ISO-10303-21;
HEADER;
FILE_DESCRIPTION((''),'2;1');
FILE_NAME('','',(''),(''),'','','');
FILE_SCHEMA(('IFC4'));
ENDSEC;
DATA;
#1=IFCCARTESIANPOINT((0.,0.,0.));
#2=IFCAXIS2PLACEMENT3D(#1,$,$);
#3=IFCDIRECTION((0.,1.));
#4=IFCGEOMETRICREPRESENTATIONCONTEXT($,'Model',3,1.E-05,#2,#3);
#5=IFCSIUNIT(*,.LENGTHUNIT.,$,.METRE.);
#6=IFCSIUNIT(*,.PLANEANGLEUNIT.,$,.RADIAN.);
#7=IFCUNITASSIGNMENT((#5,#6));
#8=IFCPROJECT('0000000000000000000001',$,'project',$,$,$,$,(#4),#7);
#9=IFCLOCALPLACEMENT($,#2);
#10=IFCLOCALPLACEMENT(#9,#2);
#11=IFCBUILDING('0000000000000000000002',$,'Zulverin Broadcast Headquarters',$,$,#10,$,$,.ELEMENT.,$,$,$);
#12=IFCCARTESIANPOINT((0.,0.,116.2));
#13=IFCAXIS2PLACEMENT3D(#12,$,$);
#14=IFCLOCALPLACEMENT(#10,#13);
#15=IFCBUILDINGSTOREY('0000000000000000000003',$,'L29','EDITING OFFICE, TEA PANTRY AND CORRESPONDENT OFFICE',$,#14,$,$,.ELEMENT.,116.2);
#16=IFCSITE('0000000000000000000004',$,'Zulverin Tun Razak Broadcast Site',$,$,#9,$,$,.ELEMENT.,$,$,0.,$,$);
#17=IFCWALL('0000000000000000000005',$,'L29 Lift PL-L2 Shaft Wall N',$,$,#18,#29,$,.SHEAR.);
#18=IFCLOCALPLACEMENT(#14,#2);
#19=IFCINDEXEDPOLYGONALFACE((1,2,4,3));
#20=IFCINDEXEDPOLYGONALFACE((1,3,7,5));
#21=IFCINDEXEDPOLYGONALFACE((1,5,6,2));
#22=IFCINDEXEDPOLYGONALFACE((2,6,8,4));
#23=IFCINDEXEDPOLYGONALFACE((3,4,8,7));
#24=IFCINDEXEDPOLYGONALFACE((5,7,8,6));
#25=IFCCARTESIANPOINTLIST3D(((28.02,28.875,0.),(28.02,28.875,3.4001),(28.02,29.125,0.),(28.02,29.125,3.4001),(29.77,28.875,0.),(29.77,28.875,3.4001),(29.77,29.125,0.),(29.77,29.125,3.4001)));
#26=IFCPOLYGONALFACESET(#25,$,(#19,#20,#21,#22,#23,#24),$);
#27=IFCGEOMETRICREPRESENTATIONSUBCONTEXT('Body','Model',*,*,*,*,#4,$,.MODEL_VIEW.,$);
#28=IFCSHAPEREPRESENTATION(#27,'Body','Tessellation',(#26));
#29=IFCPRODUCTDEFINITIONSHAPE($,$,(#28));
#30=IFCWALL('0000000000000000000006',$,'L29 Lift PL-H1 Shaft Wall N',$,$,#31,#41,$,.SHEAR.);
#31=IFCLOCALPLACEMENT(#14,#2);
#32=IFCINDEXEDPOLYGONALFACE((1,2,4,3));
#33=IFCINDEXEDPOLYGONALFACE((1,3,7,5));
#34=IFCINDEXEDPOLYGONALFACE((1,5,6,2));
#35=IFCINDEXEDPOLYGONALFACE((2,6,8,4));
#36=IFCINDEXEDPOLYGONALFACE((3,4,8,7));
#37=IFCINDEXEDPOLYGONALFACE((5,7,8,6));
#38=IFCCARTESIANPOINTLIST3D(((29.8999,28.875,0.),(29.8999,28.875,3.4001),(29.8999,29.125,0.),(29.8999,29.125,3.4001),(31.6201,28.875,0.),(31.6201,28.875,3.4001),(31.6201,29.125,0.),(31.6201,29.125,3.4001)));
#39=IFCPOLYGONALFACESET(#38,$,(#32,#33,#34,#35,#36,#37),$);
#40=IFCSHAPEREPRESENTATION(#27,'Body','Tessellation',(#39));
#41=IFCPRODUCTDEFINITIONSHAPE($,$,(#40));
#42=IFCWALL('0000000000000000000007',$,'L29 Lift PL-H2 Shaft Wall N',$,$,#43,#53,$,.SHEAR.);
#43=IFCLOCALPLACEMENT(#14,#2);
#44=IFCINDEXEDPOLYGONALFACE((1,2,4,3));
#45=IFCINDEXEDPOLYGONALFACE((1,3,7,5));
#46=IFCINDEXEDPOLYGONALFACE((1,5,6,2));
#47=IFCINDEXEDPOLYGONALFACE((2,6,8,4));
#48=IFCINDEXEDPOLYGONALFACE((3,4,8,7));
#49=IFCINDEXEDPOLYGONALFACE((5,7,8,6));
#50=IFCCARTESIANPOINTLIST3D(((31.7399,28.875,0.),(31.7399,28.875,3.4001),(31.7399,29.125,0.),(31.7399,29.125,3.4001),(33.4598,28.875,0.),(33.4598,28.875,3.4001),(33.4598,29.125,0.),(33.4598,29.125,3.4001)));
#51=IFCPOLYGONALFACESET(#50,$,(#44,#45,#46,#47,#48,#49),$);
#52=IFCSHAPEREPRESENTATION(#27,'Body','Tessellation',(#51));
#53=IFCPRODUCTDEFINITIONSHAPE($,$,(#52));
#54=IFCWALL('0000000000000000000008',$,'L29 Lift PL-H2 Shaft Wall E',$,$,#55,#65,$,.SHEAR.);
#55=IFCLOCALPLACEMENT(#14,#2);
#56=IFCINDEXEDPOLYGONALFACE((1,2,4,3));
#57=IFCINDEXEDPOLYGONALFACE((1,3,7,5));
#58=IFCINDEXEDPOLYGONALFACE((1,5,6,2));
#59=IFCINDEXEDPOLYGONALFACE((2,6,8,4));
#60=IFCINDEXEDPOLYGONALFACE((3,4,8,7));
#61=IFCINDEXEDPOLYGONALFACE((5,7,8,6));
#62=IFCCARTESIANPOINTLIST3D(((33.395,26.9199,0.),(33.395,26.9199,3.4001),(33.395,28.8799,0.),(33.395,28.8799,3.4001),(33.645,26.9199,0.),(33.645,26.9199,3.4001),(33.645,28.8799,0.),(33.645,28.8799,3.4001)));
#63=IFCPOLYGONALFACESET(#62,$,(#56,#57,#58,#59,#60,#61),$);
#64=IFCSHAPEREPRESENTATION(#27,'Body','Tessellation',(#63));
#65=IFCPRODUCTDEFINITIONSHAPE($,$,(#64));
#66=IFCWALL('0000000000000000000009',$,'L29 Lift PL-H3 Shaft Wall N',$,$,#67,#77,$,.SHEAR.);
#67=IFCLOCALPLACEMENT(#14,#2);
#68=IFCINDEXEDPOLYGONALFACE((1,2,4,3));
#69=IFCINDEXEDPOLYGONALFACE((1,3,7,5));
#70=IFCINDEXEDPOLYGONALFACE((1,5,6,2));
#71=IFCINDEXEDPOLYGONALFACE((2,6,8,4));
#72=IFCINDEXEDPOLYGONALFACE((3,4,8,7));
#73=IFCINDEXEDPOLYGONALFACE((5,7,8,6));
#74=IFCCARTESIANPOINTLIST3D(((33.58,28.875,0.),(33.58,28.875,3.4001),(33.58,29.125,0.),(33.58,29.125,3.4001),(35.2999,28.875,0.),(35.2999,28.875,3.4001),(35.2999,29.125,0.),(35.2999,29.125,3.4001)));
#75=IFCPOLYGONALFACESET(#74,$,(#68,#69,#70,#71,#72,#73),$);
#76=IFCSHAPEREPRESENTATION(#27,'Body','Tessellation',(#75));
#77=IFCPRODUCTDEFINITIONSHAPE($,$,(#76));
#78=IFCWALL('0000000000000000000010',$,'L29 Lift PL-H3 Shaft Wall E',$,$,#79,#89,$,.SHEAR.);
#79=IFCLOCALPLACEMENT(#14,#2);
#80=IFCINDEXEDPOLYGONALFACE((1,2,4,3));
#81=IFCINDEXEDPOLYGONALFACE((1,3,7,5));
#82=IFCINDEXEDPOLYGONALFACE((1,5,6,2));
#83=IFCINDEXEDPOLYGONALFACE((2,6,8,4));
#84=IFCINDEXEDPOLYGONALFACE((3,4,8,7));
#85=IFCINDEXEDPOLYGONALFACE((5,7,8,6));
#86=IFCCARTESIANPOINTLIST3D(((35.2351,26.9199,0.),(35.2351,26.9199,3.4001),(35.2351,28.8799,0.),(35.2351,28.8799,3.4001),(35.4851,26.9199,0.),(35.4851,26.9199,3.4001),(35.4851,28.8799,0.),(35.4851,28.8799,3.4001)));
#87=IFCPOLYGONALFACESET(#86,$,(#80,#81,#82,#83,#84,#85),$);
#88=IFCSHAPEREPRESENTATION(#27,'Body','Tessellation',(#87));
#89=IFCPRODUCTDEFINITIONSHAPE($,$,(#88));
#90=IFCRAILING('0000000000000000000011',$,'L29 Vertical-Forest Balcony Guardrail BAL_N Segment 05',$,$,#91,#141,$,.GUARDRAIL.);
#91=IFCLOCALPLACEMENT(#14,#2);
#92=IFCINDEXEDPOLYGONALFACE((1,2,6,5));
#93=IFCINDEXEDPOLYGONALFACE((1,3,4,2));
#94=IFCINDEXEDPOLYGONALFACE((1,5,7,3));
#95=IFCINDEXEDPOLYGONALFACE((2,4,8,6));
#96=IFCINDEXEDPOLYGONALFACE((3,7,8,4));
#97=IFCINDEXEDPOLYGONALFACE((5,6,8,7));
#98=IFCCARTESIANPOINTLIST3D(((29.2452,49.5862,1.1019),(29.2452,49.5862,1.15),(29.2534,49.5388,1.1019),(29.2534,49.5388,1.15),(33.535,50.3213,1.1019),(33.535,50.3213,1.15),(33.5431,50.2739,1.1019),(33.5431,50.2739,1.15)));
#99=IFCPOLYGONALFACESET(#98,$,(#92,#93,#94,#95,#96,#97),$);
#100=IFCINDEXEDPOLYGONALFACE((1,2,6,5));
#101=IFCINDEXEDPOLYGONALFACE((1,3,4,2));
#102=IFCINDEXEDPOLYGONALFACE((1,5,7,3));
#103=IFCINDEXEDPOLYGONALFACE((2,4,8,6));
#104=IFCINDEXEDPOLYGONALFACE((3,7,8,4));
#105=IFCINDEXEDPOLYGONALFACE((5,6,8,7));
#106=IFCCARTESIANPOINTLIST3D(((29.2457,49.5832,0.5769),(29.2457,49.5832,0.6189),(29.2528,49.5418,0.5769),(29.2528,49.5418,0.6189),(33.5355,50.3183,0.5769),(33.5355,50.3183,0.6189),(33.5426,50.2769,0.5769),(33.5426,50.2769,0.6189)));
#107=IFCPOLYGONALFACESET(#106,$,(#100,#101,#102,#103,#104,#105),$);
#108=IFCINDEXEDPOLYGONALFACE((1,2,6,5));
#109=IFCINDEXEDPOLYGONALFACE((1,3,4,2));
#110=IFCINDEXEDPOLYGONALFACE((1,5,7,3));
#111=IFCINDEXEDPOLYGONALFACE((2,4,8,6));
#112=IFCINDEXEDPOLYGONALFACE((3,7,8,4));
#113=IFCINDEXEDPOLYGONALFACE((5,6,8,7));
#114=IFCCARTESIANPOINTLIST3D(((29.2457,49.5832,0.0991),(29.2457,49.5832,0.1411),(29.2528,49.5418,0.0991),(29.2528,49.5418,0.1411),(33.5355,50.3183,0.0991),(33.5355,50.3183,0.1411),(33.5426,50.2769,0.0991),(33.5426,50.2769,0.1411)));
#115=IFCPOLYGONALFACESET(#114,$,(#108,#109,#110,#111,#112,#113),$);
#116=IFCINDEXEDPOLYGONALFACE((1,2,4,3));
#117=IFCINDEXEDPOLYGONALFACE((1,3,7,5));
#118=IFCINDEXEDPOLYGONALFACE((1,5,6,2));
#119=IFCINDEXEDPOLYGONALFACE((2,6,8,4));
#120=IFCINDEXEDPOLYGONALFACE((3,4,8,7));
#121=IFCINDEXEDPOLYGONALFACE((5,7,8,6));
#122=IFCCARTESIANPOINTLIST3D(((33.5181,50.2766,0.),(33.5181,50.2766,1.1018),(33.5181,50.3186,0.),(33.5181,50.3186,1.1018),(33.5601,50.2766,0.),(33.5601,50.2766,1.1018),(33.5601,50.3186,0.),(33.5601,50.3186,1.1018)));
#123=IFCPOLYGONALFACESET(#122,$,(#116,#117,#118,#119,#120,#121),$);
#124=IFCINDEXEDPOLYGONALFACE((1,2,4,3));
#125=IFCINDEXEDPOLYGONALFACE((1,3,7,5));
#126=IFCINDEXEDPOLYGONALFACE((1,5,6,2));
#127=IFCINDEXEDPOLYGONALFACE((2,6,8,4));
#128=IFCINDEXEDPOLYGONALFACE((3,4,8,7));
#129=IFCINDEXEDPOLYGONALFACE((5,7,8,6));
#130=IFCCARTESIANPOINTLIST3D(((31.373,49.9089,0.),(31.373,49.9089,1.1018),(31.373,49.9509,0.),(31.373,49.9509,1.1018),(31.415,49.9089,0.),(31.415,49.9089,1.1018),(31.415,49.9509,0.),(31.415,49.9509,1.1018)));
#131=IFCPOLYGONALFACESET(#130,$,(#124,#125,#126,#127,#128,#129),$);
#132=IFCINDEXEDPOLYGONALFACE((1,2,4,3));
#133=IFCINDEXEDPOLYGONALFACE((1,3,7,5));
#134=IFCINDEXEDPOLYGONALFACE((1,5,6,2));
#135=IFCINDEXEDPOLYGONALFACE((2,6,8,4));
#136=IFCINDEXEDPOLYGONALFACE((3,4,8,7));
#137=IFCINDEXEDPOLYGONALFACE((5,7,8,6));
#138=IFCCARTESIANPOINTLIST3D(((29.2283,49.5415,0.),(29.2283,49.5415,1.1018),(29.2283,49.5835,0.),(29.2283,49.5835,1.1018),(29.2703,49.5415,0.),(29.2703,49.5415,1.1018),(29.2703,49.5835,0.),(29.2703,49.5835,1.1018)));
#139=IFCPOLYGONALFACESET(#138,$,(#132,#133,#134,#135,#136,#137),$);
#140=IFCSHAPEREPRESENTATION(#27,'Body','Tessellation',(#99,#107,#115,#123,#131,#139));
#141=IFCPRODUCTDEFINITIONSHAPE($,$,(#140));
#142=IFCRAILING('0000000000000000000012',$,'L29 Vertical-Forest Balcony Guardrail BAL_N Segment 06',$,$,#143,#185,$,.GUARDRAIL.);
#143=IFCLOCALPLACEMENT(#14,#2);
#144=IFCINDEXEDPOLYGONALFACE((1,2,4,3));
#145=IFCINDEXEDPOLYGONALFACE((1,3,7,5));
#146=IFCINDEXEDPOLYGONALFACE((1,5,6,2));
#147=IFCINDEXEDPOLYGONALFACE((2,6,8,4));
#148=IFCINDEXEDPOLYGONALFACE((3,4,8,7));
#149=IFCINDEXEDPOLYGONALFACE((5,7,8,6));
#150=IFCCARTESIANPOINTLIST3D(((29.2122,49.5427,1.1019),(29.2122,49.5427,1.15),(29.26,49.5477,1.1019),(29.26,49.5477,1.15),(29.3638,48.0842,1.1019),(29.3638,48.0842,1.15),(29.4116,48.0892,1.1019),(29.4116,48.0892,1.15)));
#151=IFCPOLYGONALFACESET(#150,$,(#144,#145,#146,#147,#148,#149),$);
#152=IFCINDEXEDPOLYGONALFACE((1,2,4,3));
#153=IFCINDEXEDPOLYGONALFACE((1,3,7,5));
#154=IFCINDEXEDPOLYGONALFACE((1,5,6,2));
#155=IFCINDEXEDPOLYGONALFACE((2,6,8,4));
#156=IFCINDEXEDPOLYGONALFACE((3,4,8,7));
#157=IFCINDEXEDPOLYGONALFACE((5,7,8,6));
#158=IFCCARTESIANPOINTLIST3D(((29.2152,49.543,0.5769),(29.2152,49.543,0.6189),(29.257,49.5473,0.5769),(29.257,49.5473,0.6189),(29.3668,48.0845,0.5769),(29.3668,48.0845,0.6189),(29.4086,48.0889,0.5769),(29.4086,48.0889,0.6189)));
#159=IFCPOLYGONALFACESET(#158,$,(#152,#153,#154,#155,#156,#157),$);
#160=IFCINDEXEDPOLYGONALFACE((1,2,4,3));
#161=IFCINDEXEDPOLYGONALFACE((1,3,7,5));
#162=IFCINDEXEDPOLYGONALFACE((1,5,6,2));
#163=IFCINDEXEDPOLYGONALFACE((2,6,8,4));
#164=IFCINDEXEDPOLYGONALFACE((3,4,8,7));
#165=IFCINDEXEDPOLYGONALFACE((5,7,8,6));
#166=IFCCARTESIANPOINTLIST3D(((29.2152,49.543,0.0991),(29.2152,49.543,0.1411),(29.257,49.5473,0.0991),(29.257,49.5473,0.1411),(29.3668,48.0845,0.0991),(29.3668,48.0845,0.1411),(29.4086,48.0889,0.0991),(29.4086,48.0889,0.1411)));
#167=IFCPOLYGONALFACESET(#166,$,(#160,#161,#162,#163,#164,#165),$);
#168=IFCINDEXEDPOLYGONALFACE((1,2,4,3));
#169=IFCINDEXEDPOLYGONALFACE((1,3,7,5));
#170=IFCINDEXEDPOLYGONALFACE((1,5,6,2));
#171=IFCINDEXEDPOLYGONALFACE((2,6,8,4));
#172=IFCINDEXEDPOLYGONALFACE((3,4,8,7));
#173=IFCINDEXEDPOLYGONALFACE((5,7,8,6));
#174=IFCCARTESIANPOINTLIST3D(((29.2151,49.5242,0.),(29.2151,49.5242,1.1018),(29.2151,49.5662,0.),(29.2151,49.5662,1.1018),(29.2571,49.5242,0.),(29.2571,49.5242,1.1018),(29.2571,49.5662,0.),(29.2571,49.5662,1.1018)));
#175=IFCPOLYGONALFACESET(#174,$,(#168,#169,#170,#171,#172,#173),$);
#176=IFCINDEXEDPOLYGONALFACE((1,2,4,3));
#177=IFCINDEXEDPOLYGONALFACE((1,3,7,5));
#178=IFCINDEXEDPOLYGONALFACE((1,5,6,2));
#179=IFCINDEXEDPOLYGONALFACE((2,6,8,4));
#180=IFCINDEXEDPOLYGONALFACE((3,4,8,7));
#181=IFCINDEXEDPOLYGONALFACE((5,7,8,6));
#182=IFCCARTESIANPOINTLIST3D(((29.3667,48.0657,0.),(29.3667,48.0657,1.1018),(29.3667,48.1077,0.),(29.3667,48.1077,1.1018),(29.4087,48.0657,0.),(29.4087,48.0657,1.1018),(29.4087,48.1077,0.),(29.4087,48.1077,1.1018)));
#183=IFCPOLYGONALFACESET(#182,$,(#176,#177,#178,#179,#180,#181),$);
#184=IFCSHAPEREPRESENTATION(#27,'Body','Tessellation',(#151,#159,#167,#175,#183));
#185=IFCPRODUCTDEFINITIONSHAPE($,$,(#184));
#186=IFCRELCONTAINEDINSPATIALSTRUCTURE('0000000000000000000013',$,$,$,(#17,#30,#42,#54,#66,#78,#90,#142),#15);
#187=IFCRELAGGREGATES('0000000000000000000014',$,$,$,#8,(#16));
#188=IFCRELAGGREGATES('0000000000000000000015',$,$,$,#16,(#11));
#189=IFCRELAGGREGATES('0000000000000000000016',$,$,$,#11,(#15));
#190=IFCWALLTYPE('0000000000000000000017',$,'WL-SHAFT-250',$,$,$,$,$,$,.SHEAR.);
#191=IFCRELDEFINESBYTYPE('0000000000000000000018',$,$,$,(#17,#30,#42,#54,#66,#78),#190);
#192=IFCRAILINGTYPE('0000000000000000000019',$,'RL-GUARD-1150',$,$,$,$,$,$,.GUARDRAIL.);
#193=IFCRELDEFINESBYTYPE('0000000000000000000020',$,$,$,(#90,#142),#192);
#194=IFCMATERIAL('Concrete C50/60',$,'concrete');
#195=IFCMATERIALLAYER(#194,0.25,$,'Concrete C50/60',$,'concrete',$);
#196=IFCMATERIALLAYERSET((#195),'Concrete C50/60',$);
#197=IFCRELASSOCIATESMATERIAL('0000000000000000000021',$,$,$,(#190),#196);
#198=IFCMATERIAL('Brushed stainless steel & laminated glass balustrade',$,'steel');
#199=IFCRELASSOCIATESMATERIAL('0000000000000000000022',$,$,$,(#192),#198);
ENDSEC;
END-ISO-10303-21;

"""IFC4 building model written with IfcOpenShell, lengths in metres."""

from ifc_helpers import new_model, si_unit, direction, frame, frame_2d, origin, origin_2d, place, context, subcontext, project, spatial, rectangle, extrude, material, layer, layer_set, type_object, element, save


model = new_model("IFC4")

# Units and contexts
model_context = context("Model", 3, precision=1e-05, world=origin(), true_north=direction((0.0, 1.0)))
body_context = subcontext(model_context, "Body", "Model", "MODEL_VIEW")
ifc_project = project(units=[si_unit("LENGTHUNIT", "METRE"), si_unit("PLANEANGLEUNIT", "RADIAN")], contexts=[model_context])

# Site, building, storey
site_placement = place(None, origin())
site = spatial("IfcSite", under=ifc_project, at=site_placement, Name="Zulverin Tun Razak Broadcast Site", CompositionType="ELEMENT", RefElevation=0.0)
building_placement = place(site_placement, origin())
building = spatial("IfcBuilding", under=site, at=building_placement, Name="Zulverin Broadcast Headquarters", CompositionType="ELEMENT")
storey_placement = place(building_placement, frame((0.0, 0.0, 116.2)))
storey = spatial("IfcBuildingStorey", under=building, at=storey_placement, Name="L29", Description="EDITING OFFICE, TEA PANTRY AND CORRESPONDENT OFFICE", CompositionType="ELEMENT", Elevation=116.2)

# Walls
ifc_material_1 = material(Name="Concrete C50/60", Category="concrete")
ifc_layer_1 = layer(ifc_material_1, 0.25, Name="Concrete C50/60", Category="concrete")
ifc_layer_set_1 = layer_set([ifc_layer_1], Name="Concrete C50/60")
wall_type_1 = type_object("IfcWallType", Name="WL-SHAFT-250", PredefinedType="SHEAR", material=ifc_layer_set_1)
wall_1_placement = place(storey_placement, frame((28.02, 29.0, 0.0), z_axis=(0.0, 0.0, 1.0), x_axis=(1.0, 0.0, 0.0)))
element("IfcWall", 1, at=wall_1_placement, inside=storey, type_object=wall_type_1, Name="L29 Lift PL-L2 Shaft Wall N", PredefinedType="SHEAR", context=body_context, shape_type="SweptSolid", body=[
    extrude(rectangle(XDim=1.75, YDim=0.25, at=frame_2d((0.875, 0.0))), origin(), (0.0, 0.0, 1.0), 3.4001),
])
wall_2_placement = place(storey_placement, frame((29.8999, 29.0, 0.0), z_axis=(0.0, 0.0, 1.0), x_axis=(1.0, 0.0, 0.0)))
element("IfcWall", 2, at=wall_2_placement, inside=storey, type_object=wall_type_1, Name="L29 Lift PL-H1 Shaft Wall N", PredefinedType="SHEAR", context=body_context, shape_type="SweptSolid", body=[
    extrude(rectangle(XDim=1.7202, YDim=0.25, at=frame_2d((0.8601, 0.0))), origin(), (0.0, 0.0, 1.0), 3.4001),
])
wall_3_placement = place(storey_placement, frame((31.74, 29.0, 0.0), z_axis=(0.0, 0.0, 1.0), x_axis=(1.0, 0.0, 0.0)))
element("IfcWall", 3, at=wall_3_placement, inside=storey, type_object=wall_type_1, Name="L29 Lift PL-H2 Shaft Wall N", PredefinedType="SHEAR", context=body_context, shape_type="SweptSolid", body=[
    extrude(rectangle(XDim=1.72, YDim=0.25, at=frame_2d((0.8599, 0.0))), origin(), (0.0, 0.0, 1.0), 3.4001),
])
wall_4_placement = place(storey_placement, frame((33.52, 26.9199, 0.0), z_axis=(0.0, 0.0, 1.0), x_axis=(0.0, 1.0, 0.0)))
element("IfcWall", 4, at=wall_4_placement, inside=storey, type_object=wall_type_1, Name="L29 Lift PL-H2 Shaft Wall E", PredefinedType="SHEAR", context=body_context, shape_type="SweptSolid", body=[
    extrude(rectangle(XDim=1.96, YDim=0.25, at=frame_2d((0.98, 0.0))), origin(), (0.0, 0.0, 1.0), 3.4001),
])
wall_5_placement = place(storey_placement, frame((33.5801, 29.0, 0.0), z_axis=(0.0, 0.0, 1.0), x_axis=(1.0, 0.0, 0.0)))
element("IfcWall", 5, at=wall_5_placement, inside=storey, type_object=wall_type_1, Name="L29 Lift PL-H3 Shaft Wall N", PredefinedType="SHEAR", context=body_context, shape_type="SweptSolid", body=[
    extrude(rectangle(XDim=1.72, YDim=0.25, at=frame_2d((0.8599, 0.0))), origin(), (0.0, 0.0, 1.0), 3.4001),
])
wall_6_placement = place(storey_placement, frame((35.3601, 26.9199, 0.0), z_axis=(0.0, 0.0, 1.0), x_axis=(0.0, 1.0, 0.0)))
element("IfcWall", 6, at=wall_6_placement, inside=storey, type_object=wall_type_1, Name="L29 Lift PL-H3 Shaft Wall E", PredefinedType="SHEAR", context=body_context, shape_type="SweptSolid", body=[
    extrude(rectangle(XDim=1.96, YDim=0.25, at=frame_2d((0.98, 0.0))), origin(), (0.0, 0.0, 1.0), 3.4001),
])

# Railings
ifc_material_2 = material(Name="Brushed stainless steel & laminated glass balustrade", Category="steel")
railing_type = type_object("IfcRailingType", Name="RL-GUARD-1150", PredefinedType="GUARDRAIL", material=ifc_material_2)
railing_1_placement = place(storey_placement, frame((33.5391, 50.2976, 0.0)))
element("IfcRailing", 7, at=railing_1_placement, inside=storey, type_object=railing_type, Name="L29 Vertical-Forest Balcony Guardrail BAL_N Segment 05", PredefinedType="GUARDRAIL", context=body_context, shape_type="SweptSolid", body=[
    extrude(rectangle(XDim=0.0481, YDim=0.0481, at=origin_2d()), frame((0.0, 0.0, 1.126), z_axis=(-0.985633, -0.1689, 0.0), x_axis=(0.1689, -0.985633, 0.0)), (0.0, 0.0, 1.0), 4.3523),
    extrude(rectangle(XDim=0.042, YDim=0.042, at=origin_2d()), frame((0.0, 0.0, 0.5979), z_axis=(-0.985633, -0.1689, 0.0), x_axis=(0.1689, -0.985633, 0.0)), (0.0, 0.0, 1.0), 4.3523),
    extrude(rectangle(XDim=0.042, YDim=0.042, at=origin_2d()), frame((0.0, 0.0, 0.1201), z_axis=(-0.985633, -0.1689, 0.0), x_axis=(0.1689, -0.985633, 0.0)), (0.0, 0.0, 1.0), 4.3523),
    extrude(rectangle(XDim=0.042, YDim=0.042, at=origin_2d()), origin(), (0.0, 0.0, 1.0), 1.1018),
    extrude(rectangle(XDim=0.042, YDim=0.042, at=origin_2d()), frame((-2.145, -0.3677, 0.0)), (0.0, 0.0, 1.0), 1.1018),
    extrude(rectangle(XDim=0.042, YDim=0.042, at=origin_2d()), frame((-4.2898, -0.7351, 0.0)), (0.0, 0.0, 1.0), 1.1018),
])
railing_2_placement = place(storey_placement, frame((29.2361, 49.5452, 0.0)))
element("IfcRailing", 8, at=railing_2_placement, inside=storey, type_object=railing_type, Name="L29 Vertical-Forest Balcony Guardrail BAL_N Segment 06", PredefinedType="GUARDRAIL", context=body_context, shape_type="SweptSolid", body=[
    extrude(rectangle(XDim=0.0481, YDim=0.0481, at=origin_2d()), frame((0.0, 0.0, 1.126), z_axis=(0.103393, -0.994641, 0.0), x_axis=(0.994641, 0.103393, 0.0)), (0.0, 0.0, 1.0), 1.4663),
    extrude(rectangle(XDim=0.042, YDim=0.042, at=origin_2d()), frame((0.0, 0.0, 0.5979), z_axis=(0.103393, -0.994641, 0.0), x_axis=(0.994641, 0.103393, 0.0)), (0.0, 0.0, 1.0), 1.4663),
    extrude(rectangle(XDim=0.042, YDim=0.042, at=origin_2d()), frame((0.0, 0.0, 0.1201), z_axis=(0.103393, -0.994641, 0.0), x_axis=(0.994641, 0.103393, 0.0)), (0.0, 0.0, 1.0), 1.4663),
    extrude(rectangle(XDim=0.042, YDim=0.042, at=origin_2d()), origin(), (0.0, 0.0, 1.0), 1.1018),
    extrude(rectangle(XDim=0.042, YDim=0.042, at=origin_2d()), frame((0.1516, -1.4585, 0.0)), (0.0, 0.0, 1.0), 1.1018),
])

save(model, "model.ifc")
